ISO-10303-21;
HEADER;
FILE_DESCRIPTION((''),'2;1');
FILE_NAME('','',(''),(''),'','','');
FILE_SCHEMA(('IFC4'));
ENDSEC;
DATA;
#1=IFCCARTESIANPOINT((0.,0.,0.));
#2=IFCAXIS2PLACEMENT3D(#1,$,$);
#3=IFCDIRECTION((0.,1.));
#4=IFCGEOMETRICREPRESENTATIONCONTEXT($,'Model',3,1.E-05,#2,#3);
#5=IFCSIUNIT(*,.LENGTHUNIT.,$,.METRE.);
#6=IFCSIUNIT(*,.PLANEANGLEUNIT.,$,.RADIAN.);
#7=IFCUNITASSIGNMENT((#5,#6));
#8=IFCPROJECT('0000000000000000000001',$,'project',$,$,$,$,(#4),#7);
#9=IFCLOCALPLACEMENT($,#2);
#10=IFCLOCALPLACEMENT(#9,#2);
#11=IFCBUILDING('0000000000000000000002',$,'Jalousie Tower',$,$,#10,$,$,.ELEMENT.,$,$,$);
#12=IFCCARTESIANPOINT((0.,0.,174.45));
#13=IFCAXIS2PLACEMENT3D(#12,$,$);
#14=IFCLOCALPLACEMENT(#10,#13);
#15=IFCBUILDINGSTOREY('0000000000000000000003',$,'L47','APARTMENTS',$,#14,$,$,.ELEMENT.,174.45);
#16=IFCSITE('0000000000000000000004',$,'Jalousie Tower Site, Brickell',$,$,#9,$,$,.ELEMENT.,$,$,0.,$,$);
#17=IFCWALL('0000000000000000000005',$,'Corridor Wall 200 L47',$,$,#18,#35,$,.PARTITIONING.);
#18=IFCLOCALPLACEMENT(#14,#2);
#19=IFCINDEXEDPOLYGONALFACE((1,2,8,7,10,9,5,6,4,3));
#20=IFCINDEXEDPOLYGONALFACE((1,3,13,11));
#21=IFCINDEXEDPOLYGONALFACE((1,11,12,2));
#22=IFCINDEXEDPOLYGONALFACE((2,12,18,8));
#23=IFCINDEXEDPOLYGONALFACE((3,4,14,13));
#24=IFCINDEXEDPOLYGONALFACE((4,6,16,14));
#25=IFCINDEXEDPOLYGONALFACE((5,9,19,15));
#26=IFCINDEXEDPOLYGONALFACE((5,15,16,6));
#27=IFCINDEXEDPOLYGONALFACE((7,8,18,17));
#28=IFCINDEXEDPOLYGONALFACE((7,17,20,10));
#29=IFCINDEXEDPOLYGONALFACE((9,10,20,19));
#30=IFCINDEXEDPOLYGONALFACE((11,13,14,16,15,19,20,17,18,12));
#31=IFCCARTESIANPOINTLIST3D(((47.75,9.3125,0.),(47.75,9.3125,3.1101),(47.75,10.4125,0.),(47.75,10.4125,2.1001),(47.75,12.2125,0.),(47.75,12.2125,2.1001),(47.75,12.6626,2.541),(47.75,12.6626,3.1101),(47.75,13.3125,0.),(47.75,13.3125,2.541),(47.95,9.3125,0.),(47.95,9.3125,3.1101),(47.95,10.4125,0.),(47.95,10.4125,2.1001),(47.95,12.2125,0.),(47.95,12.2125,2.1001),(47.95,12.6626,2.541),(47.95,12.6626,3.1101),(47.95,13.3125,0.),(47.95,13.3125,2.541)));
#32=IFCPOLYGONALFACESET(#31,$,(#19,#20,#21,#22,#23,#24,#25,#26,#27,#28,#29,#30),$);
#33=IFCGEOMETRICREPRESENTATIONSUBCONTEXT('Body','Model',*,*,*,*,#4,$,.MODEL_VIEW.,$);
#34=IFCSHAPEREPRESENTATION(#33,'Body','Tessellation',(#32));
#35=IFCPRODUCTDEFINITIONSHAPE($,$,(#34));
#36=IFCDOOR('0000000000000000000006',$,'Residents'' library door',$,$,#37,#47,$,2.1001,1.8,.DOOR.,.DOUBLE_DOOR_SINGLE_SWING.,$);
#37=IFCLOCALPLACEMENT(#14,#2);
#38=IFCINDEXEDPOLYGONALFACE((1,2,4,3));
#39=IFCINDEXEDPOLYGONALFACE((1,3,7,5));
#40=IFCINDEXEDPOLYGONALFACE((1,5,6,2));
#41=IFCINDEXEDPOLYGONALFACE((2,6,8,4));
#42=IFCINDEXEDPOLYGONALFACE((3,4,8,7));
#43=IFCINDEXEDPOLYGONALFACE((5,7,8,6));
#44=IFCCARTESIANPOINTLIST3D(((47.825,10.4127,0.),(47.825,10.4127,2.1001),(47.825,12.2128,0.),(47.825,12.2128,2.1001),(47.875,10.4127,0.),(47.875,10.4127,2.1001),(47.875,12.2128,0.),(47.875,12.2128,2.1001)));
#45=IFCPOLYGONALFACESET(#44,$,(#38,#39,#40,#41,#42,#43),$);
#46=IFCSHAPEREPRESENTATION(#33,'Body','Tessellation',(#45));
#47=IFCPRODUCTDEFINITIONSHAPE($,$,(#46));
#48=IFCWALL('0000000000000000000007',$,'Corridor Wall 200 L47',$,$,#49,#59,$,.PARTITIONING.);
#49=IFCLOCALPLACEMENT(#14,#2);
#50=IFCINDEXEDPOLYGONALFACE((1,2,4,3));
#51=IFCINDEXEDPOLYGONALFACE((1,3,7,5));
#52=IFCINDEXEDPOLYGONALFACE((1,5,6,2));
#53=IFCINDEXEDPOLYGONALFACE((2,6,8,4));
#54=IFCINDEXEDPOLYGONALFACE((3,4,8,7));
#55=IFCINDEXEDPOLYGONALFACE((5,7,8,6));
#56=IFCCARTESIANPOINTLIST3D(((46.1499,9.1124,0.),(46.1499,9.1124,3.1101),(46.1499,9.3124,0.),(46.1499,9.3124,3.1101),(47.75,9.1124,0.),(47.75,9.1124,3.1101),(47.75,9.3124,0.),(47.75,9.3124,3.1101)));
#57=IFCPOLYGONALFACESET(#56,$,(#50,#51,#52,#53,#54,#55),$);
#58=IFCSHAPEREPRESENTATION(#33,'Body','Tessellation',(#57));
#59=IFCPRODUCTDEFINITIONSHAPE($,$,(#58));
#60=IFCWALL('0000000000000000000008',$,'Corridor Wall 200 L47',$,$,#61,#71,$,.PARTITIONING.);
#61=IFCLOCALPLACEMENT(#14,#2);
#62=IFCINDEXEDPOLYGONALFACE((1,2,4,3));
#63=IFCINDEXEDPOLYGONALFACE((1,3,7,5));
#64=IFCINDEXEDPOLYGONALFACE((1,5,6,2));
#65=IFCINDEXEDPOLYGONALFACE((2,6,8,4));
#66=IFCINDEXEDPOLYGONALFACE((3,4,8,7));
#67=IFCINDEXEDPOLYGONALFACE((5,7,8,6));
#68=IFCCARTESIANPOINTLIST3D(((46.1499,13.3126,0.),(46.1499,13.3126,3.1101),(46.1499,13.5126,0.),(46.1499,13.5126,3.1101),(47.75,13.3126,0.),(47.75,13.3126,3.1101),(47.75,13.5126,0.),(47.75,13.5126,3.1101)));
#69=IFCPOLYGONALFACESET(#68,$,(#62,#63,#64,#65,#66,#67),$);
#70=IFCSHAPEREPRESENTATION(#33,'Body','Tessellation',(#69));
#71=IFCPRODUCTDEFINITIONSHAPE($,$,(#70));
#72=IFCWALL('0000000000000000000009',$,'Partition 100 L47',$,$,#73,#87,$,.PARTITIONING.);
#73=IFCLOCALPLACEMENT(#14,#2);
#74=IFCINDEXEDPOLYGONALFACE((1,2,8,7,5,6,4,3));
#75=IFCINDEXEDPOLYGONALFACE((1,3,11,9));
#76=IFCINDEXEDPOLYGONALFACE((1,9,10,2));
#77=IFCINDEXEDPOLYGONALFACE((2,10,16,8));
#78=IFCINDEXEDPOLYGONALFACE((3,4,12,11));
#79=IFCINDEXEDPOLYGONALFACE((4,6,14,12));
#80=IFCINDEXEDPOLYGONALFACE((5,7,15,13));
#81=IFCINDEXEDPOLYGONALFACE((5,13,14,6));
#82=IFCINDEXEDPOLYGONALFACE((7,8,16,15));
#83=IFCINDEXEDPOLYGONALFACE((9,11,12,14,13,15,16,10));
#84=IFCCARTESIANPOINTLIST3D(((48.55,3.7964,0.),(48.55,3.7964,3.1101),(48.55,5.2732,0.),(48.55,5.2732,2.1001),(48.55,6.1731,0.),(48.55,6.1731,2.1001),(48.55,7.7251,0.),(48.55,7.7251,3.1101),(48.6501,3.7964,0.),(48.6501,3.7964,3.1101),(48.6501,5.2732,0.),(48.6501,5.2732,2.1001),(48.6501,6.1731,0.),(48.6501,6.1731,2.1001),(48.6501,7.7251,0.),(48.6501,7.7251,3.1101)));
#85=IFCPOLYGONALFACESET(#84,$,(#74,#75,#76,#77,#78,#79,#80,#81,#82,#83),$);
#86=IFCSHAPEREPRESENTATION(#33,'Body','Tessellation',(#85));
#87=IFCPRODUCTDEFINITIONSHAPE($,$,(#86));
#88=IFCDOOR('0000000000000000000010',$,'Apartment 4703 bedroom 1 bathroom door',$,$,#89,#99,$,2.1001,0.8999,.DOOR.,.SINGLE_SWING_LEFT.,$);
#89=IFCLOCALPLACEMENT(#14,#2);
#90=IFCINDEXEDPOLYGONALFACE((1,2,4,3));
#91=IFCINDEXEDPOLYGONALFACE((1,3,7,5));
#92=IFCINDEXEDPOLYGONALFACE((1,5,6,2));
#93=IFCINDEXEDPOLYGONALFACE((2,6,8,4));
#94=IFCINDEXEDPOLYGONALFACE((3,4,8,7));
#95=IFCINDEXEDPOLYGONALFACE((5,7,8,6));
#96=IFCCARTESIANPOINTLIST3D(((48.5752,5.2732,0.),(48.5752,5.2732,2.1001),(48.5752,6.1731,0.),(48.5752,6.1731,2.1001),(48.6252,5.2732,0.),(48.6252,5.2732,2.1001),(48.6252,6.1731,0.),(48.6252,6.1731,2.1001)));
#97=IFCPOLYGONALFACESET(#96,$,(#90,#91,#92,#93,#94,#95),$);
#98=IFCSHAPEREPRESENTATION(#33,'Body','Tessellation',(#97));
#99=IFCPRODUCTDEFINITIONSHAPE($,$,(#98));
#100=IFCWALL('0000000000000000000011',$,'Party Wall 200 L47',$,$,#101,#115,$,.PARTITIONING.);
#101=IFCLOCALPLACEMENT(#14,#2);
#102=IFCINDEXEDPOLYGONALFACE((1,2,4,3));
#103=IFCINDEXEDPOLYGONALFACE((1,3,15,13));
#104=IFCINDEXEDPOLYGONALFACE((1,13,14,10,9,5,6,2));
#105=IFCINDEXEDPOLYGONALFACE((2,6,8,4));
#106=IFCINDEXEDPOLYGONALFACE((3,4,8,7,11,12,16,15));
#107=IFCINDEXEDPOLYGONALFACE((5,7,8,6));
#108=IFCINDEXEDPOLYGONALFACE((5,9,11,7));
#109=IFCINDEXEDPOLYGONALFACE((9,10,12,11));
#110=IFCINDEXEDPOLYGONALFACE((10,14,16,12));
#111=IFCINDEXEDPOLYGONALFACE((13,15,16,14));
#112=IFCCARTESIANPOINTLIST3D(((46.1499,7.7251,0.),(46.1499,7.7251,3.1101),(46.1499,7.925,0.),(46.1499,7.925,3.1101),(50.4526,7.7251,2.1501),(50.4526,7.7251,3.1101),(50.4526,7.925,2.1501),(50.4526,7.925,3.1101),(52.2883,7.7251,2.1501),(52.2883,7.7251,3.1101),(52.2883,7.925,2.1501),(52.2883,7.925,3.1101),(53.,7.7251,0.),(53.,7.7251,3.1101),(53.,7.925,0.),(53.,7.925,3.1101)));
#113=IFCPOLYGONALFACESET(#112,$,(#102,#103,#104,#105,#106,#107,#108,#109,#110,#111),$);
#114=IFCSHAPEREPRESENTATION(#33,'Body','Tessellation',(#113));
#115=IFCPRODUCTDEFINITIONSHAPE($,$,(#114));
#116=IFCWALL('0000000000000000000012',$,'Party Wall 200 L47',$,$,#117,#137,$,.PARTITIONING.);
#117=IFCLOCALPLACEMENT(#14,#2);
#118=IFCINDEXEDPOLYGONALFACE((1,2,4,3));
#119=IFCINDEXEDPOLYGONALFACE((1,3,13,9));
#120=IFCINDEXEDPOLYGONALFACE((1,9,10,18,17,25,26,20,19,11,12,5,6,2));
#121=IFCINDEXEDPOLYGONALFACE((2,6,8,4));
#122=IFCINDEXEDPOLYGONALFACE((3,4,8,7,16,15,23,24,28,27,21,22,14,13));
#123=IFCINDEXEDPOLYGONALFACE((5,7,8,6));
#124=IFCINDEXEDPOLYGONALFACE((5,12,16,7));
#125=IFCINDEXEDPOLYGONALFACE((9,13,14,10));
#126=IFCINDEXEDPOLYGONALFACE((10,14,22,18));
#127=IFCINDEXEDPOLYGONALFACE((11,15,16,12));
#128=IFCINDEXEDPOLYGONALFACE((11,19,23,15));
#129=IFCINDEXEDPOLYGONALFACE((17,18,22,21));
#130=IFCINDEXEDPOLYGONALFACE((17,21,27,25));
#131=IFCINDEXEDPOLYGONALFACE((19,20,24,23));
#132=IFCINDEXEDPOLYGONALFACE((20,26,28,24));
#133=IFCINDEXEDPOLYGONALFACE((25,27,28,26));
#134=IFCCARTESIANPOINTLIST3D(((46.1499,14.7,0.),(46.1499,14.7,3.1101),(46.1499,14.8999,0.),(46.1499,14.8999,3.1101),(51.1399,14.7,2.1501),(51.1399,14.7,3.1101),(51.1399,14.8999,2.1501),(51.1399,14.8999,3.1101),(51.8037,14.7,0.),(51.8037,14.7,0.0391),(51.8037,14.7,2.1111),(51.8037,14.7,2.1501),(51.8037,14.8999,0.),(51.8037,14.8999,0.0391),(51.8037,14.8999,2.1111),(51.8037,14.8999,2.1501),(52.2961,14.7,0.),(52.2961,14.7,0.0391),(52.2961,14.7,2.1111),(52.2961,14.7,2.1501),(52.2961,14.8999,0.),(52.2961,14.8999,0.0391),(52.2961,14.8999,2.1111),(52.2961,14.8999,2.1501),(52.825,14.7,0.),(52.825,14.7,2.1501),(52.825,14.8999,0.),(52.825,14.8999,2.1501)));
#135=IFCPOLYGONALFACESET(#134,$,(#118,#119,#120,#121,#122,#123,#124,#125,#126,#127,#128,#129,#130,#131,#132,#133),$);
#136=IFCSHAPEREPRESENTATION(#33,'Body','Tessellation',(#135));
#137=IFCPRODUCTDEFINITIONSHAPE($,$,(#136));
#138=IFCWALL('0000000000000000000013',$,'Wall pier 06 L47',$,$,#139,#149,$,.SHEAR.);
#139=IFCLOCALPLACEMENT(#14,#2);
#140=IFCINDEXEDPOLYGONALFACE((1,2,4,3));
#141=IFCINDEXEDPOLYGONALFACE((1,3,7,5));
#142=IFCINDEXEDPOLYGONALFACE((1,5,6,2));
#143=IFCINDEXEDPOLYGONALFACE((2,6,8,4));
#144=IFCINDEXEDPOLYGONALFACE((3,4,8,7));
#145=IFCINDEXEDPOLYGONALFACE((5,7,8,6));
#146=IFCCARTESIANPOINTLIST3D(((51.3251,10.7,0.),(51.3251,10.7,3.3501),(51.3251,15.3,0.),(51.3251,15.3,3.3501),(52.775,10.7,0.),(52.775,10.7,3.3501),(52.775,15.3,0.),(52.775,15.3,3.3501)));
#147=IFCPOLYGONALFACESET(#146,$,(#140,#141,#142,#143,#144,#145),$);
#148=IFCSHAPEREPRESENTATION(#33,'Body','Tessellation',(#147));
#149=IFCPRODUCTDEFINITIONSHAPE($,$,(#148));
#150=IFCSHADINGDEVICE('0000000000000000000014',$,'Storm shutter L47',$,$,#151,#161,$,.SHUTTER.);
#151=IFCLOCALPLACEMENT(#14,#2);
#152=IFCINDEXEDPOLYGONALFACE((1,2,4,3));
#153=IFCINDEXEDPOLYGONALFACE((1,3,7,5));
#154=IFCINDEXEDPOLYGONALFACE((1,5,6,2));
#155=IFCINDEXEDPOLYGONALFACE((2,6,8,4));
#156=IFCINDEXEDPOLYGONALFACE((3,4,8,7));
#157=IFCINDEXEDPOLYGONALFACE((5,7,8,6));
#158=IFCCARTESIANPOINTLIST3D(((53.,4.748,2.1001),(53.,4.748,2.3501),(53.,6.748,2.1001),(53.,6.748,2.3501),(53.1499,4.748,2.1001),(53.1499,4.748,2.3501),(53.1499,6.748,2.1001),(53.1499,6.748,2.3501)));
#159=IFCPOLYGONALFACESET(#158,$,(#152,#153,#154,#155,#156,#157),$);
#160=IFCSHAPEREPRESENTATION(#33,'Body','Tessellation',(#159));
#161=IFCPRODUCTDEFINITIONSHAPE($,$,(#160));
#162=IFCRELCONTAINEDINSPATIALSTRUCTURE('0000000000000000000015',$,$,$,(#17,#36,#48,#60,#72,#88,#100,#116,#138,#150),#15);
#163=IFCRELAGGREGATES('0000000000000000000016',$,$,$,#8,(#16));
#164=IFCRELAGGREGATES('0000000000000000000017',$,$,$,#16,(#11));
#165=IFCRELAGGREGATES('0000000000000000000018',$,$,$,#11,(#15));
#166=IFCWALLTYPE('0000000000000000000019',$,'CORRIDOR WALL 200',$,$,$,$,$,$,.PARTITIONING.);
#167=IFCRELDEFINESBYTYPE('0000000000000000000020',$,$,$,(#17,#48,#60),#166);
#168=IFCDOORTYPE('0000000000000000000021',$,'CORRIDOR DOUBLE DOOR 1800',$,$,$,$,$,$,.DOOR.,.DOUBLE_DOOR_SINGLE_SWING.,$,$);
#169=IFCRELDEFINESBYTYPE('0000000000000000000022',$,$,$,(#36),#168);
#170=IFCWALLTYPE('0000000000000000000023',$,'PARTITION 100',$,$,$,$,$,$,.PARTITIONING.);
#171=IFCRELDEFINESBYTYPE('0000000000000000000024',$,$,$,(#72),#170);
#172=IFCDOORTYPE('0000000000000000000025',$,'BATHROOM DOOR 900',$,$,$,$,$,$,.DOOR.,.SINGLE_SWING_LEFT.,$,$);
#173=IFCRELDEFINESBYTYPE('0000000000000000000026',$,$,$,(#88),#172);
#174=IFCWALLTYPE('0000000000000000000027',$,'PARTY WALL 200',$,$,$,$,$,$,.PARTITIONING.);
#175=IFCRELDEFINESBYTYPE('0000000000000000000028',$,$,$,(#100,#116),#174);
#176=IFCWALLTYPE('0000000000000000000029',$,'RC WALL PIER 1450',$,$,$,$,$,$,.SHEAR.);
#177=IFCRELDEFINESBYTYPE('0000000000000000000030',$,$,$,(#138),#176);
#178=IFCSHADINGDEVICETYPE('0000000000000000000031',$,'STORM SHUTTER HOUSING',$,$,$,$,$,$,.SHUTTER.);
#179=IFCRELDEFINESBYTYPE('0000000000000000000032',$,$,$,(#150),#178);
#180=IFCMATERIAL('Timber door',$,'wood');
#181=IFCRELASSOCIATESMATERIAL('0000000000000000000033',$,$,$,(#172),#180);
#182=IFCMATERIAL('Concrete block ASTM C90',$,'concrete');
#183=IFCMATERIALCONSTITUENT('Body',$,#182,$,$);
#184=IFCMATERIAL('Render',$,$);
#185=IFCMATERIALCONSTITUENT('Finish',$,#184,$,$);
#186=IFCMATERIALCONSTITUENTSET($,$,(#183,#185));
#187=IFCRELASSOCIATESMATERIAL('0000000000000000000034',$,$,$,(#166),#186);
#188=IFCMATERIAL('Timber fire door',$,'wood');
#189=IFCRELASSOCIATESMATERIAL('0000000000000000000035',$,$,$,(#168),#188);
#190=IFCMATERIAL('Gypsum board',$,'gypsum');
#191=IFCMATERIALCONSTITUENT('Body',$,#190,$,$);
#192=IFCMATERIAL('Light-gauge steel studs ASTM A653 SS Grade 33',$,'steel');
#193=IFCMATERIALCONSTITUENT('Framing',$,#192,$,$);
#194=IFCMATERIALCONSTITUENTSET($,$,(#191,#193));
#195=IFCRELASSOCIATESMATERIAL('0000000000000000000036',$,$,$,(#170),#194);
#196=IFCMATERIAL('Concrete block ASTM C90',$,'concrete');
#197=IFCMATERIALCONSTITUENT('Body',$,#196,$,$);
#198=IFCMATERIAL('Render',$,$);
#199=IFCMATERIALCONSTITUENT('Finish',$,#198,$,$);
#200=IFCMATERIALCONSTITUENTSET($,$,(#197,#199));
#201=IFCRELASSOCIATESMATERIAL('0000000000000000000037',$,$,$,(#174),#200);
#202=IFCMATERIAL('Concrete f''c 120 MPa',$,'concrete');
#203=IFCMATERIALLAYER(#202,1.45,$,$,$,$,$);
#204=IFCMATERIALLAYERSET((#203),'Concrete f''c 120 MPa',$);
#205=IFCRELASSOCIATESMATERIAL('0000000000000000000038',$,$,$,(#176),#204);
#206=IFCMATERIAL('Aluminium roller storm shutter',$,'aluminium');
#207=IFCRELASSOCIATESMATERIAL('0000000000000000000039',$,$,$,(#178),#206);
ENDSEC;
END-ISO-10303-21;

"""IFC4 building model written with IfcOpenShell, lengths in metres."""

from ifc_helpers import new_model, si_unit, direction, frame, frame_2d, origin, origin_2d, place, context, subcontext, project, spatial, polyline, rectangle, outline, extrude, material, layer, layer_set, constituent, constituent_set, type_object, element, fill, save


model = new_model("IFC4")

# Units and contexts
model_context = context("Model", 3, precision=1e-05, world=origin(), true_north=direction((0.0, 1.0)))
body_context = subcontext(model_context, "Body", "Model", "MODEL_VIEW")
ifc_project = project(units=[si_unit("LENGTHUNIT", "METRE"), si_unit("PLANEANGLEUNIT", "RADIAN")], contexts=[model_context])

# Site, building, storey
site_placement = place(None, origin())
site = spatial("IfcSite", under=ifc_project, at=site_placement, Name="Jalousie Tower Site, Brickell", CompositionType="ELEMENT", RefElevation=0.0)
building_placement = place(site_placement, origin())
building = spatial("IfcBuilding", under=site, at=building_placement, Name="Jalousie Tower", CompositionType="ELEMENT")
storey_placement = place(building_placement, frame((0.0, 0.0, 174.45)))
storey = spatial("IfcBuildingStorey", under=building, at=storey_placement, Name="L47", Description="APARTMENTS", CompositionType="ELEMENT", Elevation=174.45)

# Shared definitions
ifc_material_1 = material(Name="Timber door", Category="wood")
door_type_1 = type_object("IfcDoorType", Name="BATHROOM DOOR 900", OperationType="SINGLE_SWING_LEFT", PredefinedType="DOOR", material=ifc_material_1)

# Shared definitions
ifc_material_2 = material(Name="Concrete block ASTM C90", Category="concrete")
ifc_constituent_1 = constituent(ifc_material_2, Name="Body")
ifc_material_3 = material(Name="Render")
ifc_constituent_2 = constituent(ifc_material_3, Name="Finish")
ifc_constituent_set_1 = constituent_set(constituents=[ifc_constituent_1, ifc_constituent_2])
wall_type_1 = type_object("IfcWallType", Name="CORRIDOR WALL 200", PredefinedType="PARTITIONING", material=ifc_constituent_set_1)

# Wall, opening, door
wall_1_placement = place(storey_placement, frame((47.8501, 9.3125, 0.0), z_axis=(0.0, 0.0, 1.0), x_axis=(0.0, 1.0, 0.0)))
wall_1 = element("IfcWall", 1, at=wall_1_placement, inside=storey, type_object=wall_type_1, Name="Corridor Wall 200 L47", PredefinedType="PARTITIONING", context=body_context, shape_type="SweptSolid", body=[
    extrude(outline(polyline([(0.0, 0.0), (4.0, 0.0), (4.0, 3.1101), (4.0, 2.541), (3.3501, 2.541), (3.3501, 3.1101), (0.0, 3.1101), (0.0, 0.0)])), frame((0.0, 0.1001, 0.0), z_axis=(0.0, -1.0, 0.0), x_axis=(1.0, 0.0, 0.0)), (0.0, 0.0, 1.0), 0.2),
])
opening_1_placement = place(wall_1_placement, frame((1.1001, 0.0, 0.0)))
opening_1 = element("IfcOpeningElement", 2, at=opening_1_placement, cuts=wall_1, PredefinedType="OPENING", context=body_context, shape_type="SweptSolid", body=[
    extrude(rectangle(XDim=1.8, YDim=2.1001, at=frame_2d((0.8999, 1.05))), frame((0.0, 0.1099, 0.0), z_axis=(0.0, -1.0, 0.0), x_axis=(1.0, 0.0, 0.0)), (0.0, 0.0, 1.0), 0.22),
])
ifc_material_4 = material(Name="Timber fire door", Category="wood")
door_type_2 = type_object("IfcDoorType", Name="CORRIDOR DOUBLE DOOR 1800", OperationType="DOUBLE_DOOR_SINGLE_SWING", PredefinedType="DOOR", material=ifc_material_4)
door_1_placement = place(opening_1_placement, frame((1.8, 0.0, 0.0), z_axis=(0.0, 0.0, 1.0), x_axis=(-1.0, 0.0, 0.0)))
door_1 = element("IfcDoor", 3, at=door_1_placement, inside=storey, type_object=door_type_2, Name="Residents' library door", OperationType="DOUBLE_DOOR_SINGLE_SWING", OverallHeight=2.1001, OverallWidth=1.8, PredefinedType="DOOR", context=body_context, shape_type="SweptSolid", body=[
    extrude(rectangle(XDim=1.8, YDim=2.1001, at=frame_2d((0.8999, 1.05))), frame((0.0, 0.0249, 0.0), z_axis=(0.0, -1.0, 0.0), x_axis=(1.0, 0.0, 0.0)), (0.0, 0.0, 1.0), 0.05),
])
fill(opening_1, door_1)

# Walls
for number, where, z_axis, x_axis, name in (
    (4, (46.1499, 9.2124, 0.0), (0.0, 0.0, 1.0), (1.0, 0.0, 0.0), "Corridor Wall 200 L47"),
    (5, (46.1499, 13.4126, 0.0), (0.0, 0.0, 1.0), (1.0, 0.0, 0.0), "Corridor Wall 200 L47"),
):
    element("IfcWall", number, at=place(storey_placement, frame(where, z_axis=z_axis, x_axis=x_axis)), inside=storey, type_object=wall_type_1, Name=name, PredefinedType="PARTITIONING", context=body_context, shape_type="SweptSolid", body=[
        extrude(rectangle(XDim=1.6001, YDim=0.2, at=frame_2d((0.8, 0.0))), origin(), (0.0, 0.0, 1.0), 3.1101),
    ])

# Wall, opening, door
ifc_material_5 = material(Name="Gypsum board", Category="gypsum")
ifc_constituent_3 = constituent(ifc_material_5, Name="Body")
ifc_material_6 = material(Name="Light-gauge steel studs ASTM A653 SS Grade 33", Category="steel")
ifc_constituent_4 = constituent(ifc_material_6, Name="Framing")
ifc_constituent_set_2 = constituent_set(constituents=[ifc_constituent_3, ifc_constituent_4])
wall_type_2 = type_object("IfcWallType", Name="PARTITION 100", PredefinedType="PARTITIONING", material=ifc_constituent_set_2)
wall_2_placement = place(storey_placement, frame((48.6001, 3.7964, 0.0), z_axis=(0.0, 0.0, 1.0), x_axis=(0.0, 1.0, 0.0)))
wall_2 = element("IfcWall", 6, at=wall_2_placement, inside=storey, type_object=wall_type_2, Name="Partition 100 L47", PredefinedType="PARTITIONING", context=body_context, shape_type="SweptSolid", body=[
    extrude(rectangle(XDim=3.9287, YDim=0.1001, at=frame_2d((1.9644, 0.0))), origin(), (0.0, 0.0, 1.0), 3.1101),
])
opening_2_placement = place(wall_2_placement, frame((1.4768, 0.0, 0.0)))
opening_2 = element("IfcOpeningElement", 7, at=opening_2_placement, cuts=wall_2, PredefinedType="OPENING", context=body_context, shape_type="SweptSolid", body=[
    extrude(rectangle(XDim=0.8999, YDim=2.1001, at=frame_2d((0.45, 1.05))), frame((0.0, 0.0601, 0.0), z_axis=(0.0, -1.0, 0.0), x_axis=(1.0, 0.0, 0.0)), (0.0, 0.0, 1.0), 0.1201),
])
door_2_placement = place(opening_2_placement, origin())
door_2 = element("IfcDoor", 8, at=door_2_placement, inside=storey, type_object=door_type_1, Name="Apartment 4703 bedroom 1 bathroom door", OperationType="SINGLE_SWING_LEFT", OverallHeight=2.1001, OverallWidth=0.8999, PredefinedType="DOOR", context=body_context, shape_type="SweptSolid", body=[
    extrude(rectangle(XDim=0.8999, YDim=2.1001, at=frame_2d((0.45, 1.05))), frame((0.0, 0.0249, 0.0), z_axis=(0.0, -1.0, 0.0), x_axis=(1.0, 0.0, 0.0)), (0.0, 0.0, 1.0), 0.05),
])
fill(opening_2, door_2)

# Walls
ifc_material_7 = material(Name="Concrete block ASTM C90", Category="concrete")
ifc_constituent_5 = constituent(ifc_material_7, Name="Body")
ifc_material_8 = material(Name="Render")
ifc_constituent_6 = constituent(ifc_material_8, Name="Finish")
ifc_constituent_set_3 = constituent_set(constituents=[ifc_constituent_5, ifc_constituent_6])
wall_type_3 = type_object("IfcWallType", Name="PARTY WALL 200", PredefinedType="PARTITIONING", material=ifc_constituent_set_3)
wall_3_placement = place(storey_placement, frame((46.1499, 7.825, 0.0), z_axis=(0.0, 0.0, 1.0), x_axis=(1.0, 0.0, 0.0)))
element("IfcWall", 9, at=wall_3_placement, inside=storey, type_object=wall_type_3, Name="Party Wall 200 L47", PredefinedType="PARTITIONING", context=body_context, shape_type="SweptSolid", body=[
    extrude(outline(polyline([(0.0, 0.0), (6.8501, 0.0), (6.8501, 3.1101), (6.1384, 3.1101), (6.1384, 2.1501), (4.3027, 2.1501), (4.3027, 3.1101), (0.0, 3.1101), (0.0, 0.0)])), frame((0.0, 0.1001, 0.0), z_axis=(0.0, -1.0, 0.0), x_axis=(1.0, 0.0, 0.0)), (0.0, 0.0, 1.0), 0.2),
])
wall_4_placement = place(storey_placement, frame((52.825, 14.8, 0.0), z_axis=(0.0, 0.0, 1.0), x_axis=(-1.0, 0.0, 0.0)))
element("IfcWall", 10, at=wall_4_placement, inside=storey, type_object=wall_type_3, Name="Party Wall 200 L47", PredefinedType="PARTITIONING", context=body_context, shape_type="SweptSolid", body=[
    extrude(outline(polyline([(0.5288, 2.1501), (0.0, 2.1501), (0.0, 0.0), (0.5288, 0.0), (0.5288, 0.0391), (1.0212, 0.0391), (1.0212, 0.0), (6.675, 0.0), (6.675, 3.1101), (1.6851, 3.1101), (1.6851, 2.1501), (1.0212, 2.1501), (1.0212, 2.1111), (0.5288, 2.1111), (0.5288, 2.1501)])), frame((0.0, 0.1001, 0.0), z_axis=(0.0, -1.0, 0.0), x_axis=(1.0, 0.0, 0.0)), (0.0, 0.0, 1.0), 0.2),
])
ifc_material_9 = material(Name="Concrete f'c 120 MPa", Category="concrete")
ifc_layer_1 = layer(ifc_material_9, 1.45)
ifc_layer_set_1 = layer_set([ifc_layer_1], Name="Concrete f'c 120 MPa")
wall_type_4 = type_object("IfcWallType", Name="RC WALL PIER 1450", PredefinedType="SHEAR", material=ifc_layer_set_1)
wall_5_placement = place(storey_placement, frame((52.05, 10.7, 0.0), z_axis=(0.0, 0.0, 1.0), x_axis=(0.0, 1.0, 0.0)))
element("IfcWall", 11, at=wall_5_placement, inside=storey, type_object=wall_type_4, Name="Wall pier 06 L47", PredefinedType="SHEAR", context=body_context, shape_type="SweptSolid", body=[
    extrude(rectangle(XDim=4.6001, YDim=1.45, at=frame_2d((2.3, 0.0))), origin(), (0.0, 0.0, 1.0), 3.3501),
])

# Shading device
ifc_material_10 = material(Name="Aluminium roller storm shutter", Category="aluminium")
shading_device_type = type_object("IfcShadingDeviceType", Name="STORM SHUTTER HOUSING", PredefinedType="SHUTTER", material=ifc_material_10)
shading_device_placement = place(storey_placement, frame((53.075, 5.748, 2.1001), z_axis=(0.0, 0.0, 1.0), x_axis=(0.0, 1.0, 0.0)))
element("IfcShadingDevice", 12, at=shading_device_placement, inside=storey, type_object=shading_device_type, Name="Storm shutter L47", PredefinedType="SHUTTER", context=body_context, shape_type="SweptSolid", body=[
    extrude(rectangle(XDim=2.0, YDim=0.1499, at=origin_2d()), origin(), (0.0, 0.0, 1.0), 0.25),
])

save(model, "model.ifc")
